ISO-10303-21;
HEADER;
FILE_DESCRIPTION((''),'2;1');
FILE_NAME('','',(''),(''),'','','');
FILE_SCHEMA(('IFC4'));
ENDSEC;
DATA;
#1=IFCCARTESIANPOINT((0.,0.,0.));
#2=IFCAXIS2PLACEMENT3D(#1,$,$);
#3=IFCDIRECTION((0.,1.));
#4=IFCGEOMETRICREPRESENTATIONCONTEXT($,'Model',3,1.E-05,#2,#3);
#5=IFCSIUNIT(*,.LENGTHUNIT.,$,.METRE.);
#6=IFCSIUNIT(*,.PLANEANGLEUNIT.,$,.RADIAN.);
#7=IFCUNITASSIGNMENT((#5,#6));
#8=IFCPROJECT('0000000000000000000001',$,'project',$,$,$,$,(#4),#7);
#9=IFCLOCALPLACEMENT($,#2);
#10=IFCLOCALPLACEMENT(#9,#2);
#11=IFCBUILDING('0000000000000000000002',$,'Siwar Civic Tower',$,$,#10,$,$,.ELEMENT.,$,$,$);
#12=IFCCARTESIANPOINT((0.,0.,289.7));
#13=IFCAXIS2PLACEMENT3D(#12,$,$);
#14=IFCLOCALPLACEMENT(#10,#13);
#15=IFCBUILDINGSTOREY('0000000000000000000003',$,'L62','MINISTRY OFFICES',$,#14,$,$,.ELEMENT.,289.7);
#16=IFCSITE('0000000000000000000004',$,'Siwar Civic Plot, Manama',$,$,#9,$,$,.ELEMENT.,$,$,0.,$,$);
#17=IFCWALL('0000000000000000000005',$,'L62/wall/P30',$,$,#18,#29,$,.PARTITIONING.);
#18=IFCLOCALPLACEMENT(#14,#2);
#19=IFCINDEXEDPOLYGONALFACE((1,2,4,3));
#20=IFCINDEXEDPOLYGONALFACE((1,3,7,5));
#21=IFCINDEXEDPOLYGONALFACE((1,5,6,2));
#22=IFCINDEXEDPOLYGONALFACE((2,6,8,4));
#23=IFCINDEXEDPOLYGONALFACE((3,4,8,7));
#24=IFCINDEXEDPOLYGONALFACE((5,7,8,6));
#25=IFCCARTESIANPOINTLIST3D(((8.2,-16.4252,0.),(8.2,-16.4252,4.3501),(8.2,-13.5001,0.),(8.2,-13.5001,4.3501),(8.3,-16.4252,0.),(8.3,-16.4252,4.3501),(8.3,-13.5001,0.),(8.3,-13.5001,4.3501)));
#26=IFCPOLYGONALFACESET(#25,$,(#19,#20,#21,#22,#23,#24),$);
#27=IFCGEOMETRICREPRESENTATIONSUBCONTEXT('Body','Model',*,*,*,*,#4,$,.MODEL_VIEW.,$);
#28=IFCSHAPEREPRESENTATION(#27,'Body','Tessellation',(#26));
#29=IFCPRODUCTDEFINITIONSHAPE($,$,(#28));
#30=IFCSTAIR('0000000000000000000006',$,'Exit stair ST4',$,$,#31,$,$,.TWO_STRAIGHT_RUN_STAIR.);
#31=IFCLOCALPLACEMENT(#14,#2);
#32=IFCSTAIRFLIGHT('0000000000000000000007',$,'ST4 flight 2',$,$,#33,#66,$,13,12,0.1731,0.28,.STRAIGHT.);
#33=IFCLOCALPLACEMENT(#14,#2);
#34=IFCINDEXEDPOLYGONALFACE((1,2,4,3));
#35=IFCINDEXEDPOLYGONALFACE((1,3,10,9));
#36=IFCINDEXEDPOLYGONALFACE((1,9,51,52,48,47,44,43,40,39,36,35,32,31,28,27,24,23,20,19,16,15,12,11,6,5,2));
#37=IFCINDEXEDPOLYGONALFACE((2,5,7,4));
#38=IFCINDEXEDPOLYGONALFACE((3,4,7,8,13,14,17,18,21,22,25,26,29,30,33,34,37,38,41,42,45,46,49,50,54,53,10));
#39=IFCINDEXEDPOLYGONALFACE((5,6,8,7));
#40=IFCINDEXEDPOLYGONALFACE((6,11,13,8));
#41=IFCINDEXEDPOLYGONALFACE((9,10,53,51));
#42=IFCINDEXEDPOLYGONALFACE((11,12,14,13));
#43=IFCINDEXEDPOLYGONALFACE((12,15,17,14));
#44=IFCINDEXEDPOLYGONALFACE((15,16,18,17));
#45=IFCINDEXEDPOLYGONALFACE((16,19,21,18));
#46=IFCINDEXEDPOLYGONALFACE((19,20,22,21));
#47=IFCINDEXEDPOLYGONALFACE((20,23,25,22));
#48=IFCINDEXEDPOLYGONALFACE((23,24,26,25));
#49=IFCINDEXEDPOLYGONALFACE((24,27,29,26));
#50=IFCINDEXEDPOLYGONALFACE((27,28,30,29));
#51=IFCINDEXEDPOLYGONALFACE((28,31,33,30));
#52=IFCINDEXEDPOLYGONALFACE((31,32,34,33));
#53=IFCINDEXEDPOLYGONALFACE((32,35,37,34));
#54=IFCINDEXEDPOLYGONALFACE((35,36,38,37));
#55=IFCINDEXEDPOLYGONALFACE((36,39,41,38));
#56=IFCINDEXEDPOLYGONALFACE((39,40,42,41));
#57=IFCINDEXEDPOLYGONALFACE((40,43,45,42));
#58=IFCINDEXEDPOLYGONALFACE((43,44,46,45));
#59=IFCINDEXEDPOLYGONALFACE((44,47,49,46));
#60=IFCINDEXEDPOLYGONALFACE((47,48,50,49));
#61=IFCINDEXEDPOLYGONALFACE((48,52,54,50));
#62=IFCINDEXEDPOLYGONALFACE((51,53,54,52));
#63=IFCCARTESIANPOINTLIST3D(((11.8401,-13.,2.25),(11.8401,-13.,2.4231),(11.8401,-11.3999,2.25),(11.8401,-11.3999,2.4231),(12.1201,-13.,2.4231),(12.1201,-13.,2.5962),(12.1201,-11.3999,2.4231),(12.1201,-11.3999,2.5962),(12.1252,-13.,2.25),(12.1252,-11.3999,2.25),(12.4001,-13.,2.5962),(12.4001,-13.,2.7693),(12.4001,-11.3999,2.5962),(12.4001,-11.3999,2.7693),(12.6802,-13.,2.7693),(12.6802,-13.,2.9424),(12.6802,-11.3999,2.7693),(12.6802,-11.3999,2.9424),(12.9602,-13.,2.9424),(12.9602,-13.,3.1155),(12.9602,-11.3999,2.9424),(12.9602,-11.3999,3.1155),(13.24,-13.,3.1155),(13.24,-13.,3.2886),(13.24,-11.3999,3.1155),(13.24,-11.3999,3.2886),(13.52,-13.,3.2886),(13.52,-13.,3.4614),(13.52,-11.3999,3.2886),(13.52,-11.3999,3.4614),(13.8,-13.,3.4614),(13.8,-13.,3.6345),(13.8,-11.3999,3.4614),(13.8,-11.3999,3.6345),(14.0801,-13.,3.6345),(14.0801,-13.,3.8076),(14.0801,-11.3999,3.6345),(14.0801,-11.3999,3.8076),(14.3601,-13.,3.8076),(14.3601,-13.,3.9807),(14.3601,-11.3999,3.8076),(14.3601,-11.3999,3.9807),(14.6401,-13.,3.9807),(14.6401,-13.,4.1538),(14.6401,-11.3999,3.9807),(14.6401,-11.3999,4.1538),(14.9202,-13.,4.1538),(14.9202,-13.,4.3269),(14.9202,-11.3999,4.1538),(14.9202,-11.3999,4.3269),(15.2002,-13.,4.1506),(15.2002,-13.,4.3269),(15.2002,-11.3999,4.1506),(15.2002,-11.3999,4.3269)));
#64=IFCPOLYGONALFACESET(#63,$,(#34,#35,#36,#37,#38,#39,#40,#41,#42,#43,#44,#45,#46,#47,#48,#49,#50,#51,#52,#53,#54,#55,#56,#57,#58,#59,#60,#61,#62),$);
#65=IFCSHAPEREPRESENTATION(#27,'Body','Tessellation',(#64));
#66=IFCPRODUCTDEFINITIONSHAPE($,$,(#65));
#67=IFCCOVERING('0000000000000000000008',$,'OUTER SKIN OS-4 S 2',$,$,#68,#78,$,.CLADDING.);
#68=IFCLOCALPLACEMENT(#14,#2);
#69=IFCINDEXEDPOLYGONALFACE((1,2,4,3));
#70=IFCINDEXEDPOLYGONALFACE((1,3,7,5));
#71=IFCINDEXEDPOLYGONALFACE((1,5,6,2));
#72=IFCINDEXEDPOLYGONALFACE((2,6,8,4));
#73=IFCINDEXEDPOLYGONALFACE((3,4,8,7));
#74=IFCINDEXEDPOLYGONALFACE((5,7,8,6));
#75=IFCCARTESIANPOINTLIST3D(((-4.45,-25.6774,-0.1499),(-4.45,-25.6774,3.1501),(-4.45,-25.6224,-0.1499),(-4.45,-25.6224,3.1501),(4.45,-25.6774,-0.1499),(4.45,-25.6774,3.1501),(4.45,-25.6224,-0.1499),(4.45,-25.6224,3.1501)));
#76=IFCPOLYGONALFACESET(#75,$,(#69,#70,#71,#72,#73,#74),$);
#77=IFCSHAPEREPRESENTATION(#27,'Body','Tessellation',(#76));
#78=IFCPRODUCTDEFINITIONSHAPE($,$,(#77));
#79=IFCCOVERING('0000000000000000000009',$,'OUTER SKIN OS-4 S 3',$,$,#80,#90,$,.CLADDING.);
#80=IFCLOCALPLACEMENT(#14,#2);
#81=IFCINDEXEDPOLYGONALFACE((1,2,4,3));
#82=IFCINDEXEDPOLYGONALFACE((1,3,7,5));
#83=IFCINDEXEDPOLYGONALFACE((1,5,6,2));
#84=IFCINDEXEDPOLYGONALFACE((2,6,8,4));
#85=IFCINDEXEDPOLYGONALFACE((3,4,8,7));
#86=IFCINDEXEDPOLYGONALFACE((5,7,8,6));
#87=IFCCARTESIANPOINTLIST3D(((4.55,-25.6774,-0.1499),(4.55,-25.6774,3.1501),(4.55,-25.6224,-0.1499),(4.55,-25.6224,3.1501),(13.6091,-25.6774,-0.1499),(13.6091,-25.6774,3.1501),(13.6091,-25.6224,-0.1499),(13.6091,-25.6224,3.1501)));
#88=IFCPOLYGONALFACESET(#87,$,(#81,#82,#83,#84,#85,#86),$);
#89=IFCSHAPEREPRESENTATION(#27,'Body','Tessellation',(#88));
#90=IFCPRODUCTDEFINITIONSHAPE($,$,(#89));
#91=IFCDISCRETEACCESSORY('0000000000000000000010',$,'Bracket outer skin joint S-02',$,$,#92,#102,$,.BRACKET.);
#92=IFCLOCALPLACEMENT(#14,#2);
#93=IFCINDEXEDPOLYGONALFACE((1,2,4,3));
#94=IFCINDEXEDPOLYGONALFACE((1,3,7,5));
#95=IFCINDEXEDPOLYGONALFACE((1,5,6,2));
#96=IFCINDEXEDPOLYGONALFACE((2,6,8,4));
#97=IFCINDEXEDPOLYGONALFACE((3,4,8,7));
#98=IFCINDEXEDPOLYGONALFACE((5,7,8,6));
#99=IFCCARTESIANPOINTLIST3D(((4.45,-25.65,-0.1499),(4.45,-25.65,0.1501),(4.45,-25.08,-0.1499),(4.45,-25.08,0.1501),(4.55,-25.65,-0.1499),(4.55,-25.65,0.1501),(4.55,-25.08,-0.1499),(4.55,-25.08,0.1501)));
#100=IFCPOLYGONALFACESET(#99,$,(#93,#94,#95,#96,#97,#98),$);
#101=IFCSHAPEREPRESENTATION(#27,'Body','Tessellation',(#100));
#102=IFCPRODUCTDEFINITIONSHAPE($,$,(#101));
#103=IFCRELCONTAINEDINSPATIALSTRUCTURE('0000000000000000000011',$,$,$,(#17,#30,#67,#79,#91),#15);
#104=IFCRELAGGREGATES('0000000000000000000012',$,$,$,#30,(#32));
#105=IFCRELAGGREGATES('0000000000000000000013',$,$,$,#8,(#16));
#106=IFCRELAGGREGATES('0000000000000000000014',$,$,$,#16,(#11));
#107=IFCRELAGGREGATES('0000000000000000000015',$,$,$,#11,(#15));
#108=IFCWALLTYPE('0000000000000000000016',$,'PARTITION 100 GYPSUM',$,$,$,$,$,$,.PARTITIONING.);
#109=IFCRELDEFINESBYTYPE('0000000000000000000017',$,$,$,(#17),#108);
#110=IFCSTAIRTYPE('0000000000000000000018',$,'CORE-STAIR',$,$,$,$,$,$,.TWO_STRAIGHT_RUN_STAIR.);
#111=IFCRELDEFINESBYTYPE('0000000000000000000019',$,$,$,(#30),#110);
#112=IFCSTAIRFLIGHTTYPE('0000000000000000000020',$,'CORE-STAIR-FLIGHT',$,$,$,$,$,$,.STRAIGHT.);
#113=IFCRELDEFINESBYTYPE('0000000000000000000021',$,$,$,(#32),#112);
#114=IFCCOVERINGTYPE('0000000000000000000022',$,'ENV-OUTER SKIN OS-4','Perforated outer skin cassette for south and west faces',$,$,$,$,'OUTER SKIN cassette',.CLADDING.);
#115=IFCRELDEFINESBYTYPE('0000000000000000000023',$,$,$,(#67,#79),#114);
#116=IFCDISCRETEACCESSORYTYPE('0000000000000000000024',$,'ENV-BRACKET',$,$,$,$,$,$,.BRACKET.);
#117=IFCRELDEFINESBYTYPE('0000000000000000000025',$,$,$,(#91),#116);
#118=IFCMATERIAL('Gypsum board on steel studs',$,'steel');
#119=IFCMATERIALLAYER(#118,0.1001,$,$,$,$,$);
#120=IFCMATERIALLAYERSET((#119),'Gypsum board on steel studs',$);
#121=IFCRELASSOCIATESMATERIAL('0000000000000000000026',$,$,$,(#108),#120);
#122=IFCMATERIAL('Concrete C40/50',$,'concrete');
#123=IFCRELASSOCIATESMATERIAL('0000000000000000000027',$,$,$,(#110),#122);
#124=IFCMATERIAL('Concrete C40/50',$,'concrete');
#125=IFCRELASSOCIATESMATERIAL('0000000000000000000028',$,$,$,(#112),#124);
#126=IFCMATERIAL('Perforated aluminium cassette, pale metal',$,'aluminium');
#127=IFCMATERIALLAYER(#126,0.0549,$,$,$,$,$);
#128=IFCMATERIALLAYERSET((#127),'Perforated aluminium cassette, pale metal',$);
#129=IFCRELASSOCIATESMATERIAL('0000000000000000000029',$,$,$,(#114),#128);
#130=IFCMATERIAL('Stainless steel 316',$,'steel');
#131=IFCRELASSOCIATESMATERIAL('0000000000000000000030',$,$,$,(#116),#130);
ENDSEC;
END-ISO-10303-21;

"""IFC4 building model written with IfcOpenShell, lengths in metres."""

from ifc_helpers import new_model, si_unit, direction, frame, frame_2d, origin, origin_2d, place, context, subcontext, project, spatial, polyline, rectangle, outline, extrude, material, layer, layer_set, type_object, element, aggregate, save


model = new_model("IFC4")

# Units and contexts
model_context = context("Model", 3, precision=1e-05, world=origin(), true_north=direction((0.0, 1.0)))
body_context = subcontext(model_context, "Body", "Model", "MODEL_VIEW")
ifc_project = project(units=[si_unit("LENGTHUNIT", "METRE"), si_unit("PLANEANGLEUNIT", "RADIAN")], contexts=[model_context])

# Site, building, storey
site_placement = place(None, origin())
site = spatial("IfcSite", under=ifc_project, at=site_placement, Name="Siwar Civic Plot, Manama", CompositionType="ELEMENT", RefElevation=0.0)
building_placement = place(site_placement, origin())
building = spatial("IfcBuilding", under=site, at=building_placement, Name="Siwar Civic Tower", CompositionType="ELEMENT")
storey_placement = place(building_placement, frame((0.0, 0.0, 289.7)))
storey = spatial("IfcBuildingStorey", under=building, at=storey_placement, Name="L62", Description="MINISTRY OFFICES", CompositionType="ELEMENT", Elevation=289.7)

# Wall
ifc_material_1 = material(Name="Gypsum board on steel studs", Category="steel")
ifc_layer_1 = layer(ifc_material_1, 0.1001)
ifc_layer_set_1 = layer_set([ifc_layer_1], Name="Gypsum board on steel studs")
wall_type_1 = type_object("IfcWallType", Name="PARTITION 100 GYPSUM", PredefinedType="PARTITIONING", material=ifc_layer_set_1)
wall_1_placement = place(storey_placement, frame((8.25, -16.425, 0.0), z_axis=(0.0, 0.0, 1.0), x_axis=(0.0, 1.0, 0.0)))
element("IfcWall", 1, at=wall_1_placement, inside=storey, type_object=wall_type_1, Name="L62/wall/P30", PredefinedType="PARTITIONING", context=body_context, shape_type="SweptSolid", body=[
    extrude(rectangle(XDim=2.925, YDim=0.1001, at=frame_2d((1.4624, 0.0))), origin(), (0.0, 0.0, 1.0), 4.3501),
])

# Stair, stair flight
ifc_material_2 = material(Name="Concrete C40/50", Category="concrete")
stair_type = type_object("IfcStairType", Name="CORE-STAIR", PredefinedType="TWO_STRAIGHT_RUN_STAIR", material=ifc_material_2)
stair_placement = place(storey_placement, origin())
stair = element("IfcStair", 2, at=stair_placement, inside=storey, type_object=stair_type, Name="Exit stair ST4", PredefinedType="TWO_STRAIGHT_RUN_STAIR")
ifc_material_3 = material(Name="Concrete C40/50", Category="concrete")
stair_flight_type = type_object("IfcStairFlightType", Name="CORE-STAIR-FLIGHT", PredefinedType="STRAIGHT", material=ifc_material_3)
stair_flight_placement = place(storey_placement, frame((11.8401, -12.2, 2.25), z_axis=(0.0, 0.0, 1.0), x_axis=(1.0, 0.0, 0.0)))
stair_flight = element("IfcStairFlight", 3, at=stair_flight_placement, type_object=stair_flight_type, Name="ST4 flight 2", NumberOfRisers=13, NumberOfTreads=12, PredefinedType="STRAIGHT", RiserHeight=0.1731, TreadLength=0.28, context=body_context, shape_type="SweptSolid", body=[
    extrude(outline(polyline([(0.0, 0.0), (0.0, 0.1731), (0.28, 0.1731), (0.28, 0.3462), (0.5601, 0.3462), (0.5601, 0.5193), (0.8401, 0.5193), (0.8401, 0.6924), (1.1201, 0.6924), (1.1201, 0.8655), (1.3999, 0.8655), (1.3999, 1.0386), (1.6799, 1.0386), (1.6799, 1.2114), (1.96, 1.2114), (1.96, 1.3845), (2.24, 1.3845), (2.24, 1.5576), (2.52, 1.5576), (2.52, 1.7307), (2.8, 1.7307), (2.8, 1.9038), (3.0801, 1.9038), (3.0801, 2.0769), (3.3601, 2.0769), (3.3601, 2.25), (3.3601, 1.9006), (0.2852, 0.0), (0.0, 0.0)])), frame((0.0, 0.8, 0.0), z_axis=(0.0, -1.0, 0.0), x_axis=(1.0, 0.0, 0.0)), (0.0, 0.0, 1.0), 1.6001),
])
aggregate(stair, [stair_flight])

# Coverings
ifc_material_4 = material(Name="Perforated aluminium cassette, pale metal", Category="aluminium")
ifc_layer_2 = layer(ifc_material_4, 0.0549)
ifc_layer_set_2 = layer_set([ifc_layer_2], Name="Perforated aluminium cassette, pale metal")
covering_type = type_object("IfcCoveringType", Name="ENV-OUTER SKIN OS-4", Description="Perforated outer skin cassette for south and west faces", ElementType="OUTER SKIN cassette", PredefinedType="CLADDING", material=ifc_layer_set_2)
covering_1_placement = place(storey_placement, frame((0.0, -25.6499, -0.1499), z_axis=(0.0, 0.0, 1.0), x_axis=(1.0, 0.0, 0.0)))
element("IfcCovering", 4, at=covering_1_placement, inside=storey, type_object=covering_type, Name="OUTER SKIN OS-4 S 2", PredefinedType="CLADDING", context=body_context, shape_type="SweptSolid", body=[
    extrude(rectangle(XDim=8.8999, YDim=0.0549, at=origin_2d()), origin(), (0.0, 0.0, 1.0), 3.3),
])
covering_2_placement = place(storey_placement, frame((9.0796, -25.6499, -0.1499), z_axis=(0.0, 0.0, 1.0), x_axis=(1.0, 0.0, 0.0)))
element("IfcCovering", 5, at=covering_2_placement, inside=storey, type_object=covering_type, Name="OUTER SKIN OS-4 S 3", PredefinedType="CLADDING", context=body_context, shape_type="SweptSolid", body=[
    extrude(rectangle(XDim=9.0591, YDim=0.0549, at=origin_2d()), origin(), (0.0, 0.0, 1.0), 3.3),
])

# Discrete accessory
ifc_material_5 = material(Name="Stainless steel 316", Category="steel")
discrete_accessory_type = type_object("IfcDiscreteAccessoryType", Name="ENV-BRACKET", PredefinedType="BRACKET", material=ifc_material_5)
discrete_accessory_placement = place(storey_placement, frame((4.5, -25.365, -0.1499), z_axis=(0.0, 0.0, 1.0), x_axis=(0.0, -1.0, 0.0)))
element("IfcDiscreteAccessory", 6, at=discrete_accessory_placement, inside=storey, type_object=discrete_accessory_type, Name="Bracket outer skin joint S-02", PredefinedType="BRACKET", context=body_context, shape_type="SweptSolid", body=[
    extrude(rectangle(XDim=0.5701, YDim=0.1001, at=origin_2d()), origin(), (0.0, 0.0, 1.0), 0.3),
])

save(model, "model.ifc")
